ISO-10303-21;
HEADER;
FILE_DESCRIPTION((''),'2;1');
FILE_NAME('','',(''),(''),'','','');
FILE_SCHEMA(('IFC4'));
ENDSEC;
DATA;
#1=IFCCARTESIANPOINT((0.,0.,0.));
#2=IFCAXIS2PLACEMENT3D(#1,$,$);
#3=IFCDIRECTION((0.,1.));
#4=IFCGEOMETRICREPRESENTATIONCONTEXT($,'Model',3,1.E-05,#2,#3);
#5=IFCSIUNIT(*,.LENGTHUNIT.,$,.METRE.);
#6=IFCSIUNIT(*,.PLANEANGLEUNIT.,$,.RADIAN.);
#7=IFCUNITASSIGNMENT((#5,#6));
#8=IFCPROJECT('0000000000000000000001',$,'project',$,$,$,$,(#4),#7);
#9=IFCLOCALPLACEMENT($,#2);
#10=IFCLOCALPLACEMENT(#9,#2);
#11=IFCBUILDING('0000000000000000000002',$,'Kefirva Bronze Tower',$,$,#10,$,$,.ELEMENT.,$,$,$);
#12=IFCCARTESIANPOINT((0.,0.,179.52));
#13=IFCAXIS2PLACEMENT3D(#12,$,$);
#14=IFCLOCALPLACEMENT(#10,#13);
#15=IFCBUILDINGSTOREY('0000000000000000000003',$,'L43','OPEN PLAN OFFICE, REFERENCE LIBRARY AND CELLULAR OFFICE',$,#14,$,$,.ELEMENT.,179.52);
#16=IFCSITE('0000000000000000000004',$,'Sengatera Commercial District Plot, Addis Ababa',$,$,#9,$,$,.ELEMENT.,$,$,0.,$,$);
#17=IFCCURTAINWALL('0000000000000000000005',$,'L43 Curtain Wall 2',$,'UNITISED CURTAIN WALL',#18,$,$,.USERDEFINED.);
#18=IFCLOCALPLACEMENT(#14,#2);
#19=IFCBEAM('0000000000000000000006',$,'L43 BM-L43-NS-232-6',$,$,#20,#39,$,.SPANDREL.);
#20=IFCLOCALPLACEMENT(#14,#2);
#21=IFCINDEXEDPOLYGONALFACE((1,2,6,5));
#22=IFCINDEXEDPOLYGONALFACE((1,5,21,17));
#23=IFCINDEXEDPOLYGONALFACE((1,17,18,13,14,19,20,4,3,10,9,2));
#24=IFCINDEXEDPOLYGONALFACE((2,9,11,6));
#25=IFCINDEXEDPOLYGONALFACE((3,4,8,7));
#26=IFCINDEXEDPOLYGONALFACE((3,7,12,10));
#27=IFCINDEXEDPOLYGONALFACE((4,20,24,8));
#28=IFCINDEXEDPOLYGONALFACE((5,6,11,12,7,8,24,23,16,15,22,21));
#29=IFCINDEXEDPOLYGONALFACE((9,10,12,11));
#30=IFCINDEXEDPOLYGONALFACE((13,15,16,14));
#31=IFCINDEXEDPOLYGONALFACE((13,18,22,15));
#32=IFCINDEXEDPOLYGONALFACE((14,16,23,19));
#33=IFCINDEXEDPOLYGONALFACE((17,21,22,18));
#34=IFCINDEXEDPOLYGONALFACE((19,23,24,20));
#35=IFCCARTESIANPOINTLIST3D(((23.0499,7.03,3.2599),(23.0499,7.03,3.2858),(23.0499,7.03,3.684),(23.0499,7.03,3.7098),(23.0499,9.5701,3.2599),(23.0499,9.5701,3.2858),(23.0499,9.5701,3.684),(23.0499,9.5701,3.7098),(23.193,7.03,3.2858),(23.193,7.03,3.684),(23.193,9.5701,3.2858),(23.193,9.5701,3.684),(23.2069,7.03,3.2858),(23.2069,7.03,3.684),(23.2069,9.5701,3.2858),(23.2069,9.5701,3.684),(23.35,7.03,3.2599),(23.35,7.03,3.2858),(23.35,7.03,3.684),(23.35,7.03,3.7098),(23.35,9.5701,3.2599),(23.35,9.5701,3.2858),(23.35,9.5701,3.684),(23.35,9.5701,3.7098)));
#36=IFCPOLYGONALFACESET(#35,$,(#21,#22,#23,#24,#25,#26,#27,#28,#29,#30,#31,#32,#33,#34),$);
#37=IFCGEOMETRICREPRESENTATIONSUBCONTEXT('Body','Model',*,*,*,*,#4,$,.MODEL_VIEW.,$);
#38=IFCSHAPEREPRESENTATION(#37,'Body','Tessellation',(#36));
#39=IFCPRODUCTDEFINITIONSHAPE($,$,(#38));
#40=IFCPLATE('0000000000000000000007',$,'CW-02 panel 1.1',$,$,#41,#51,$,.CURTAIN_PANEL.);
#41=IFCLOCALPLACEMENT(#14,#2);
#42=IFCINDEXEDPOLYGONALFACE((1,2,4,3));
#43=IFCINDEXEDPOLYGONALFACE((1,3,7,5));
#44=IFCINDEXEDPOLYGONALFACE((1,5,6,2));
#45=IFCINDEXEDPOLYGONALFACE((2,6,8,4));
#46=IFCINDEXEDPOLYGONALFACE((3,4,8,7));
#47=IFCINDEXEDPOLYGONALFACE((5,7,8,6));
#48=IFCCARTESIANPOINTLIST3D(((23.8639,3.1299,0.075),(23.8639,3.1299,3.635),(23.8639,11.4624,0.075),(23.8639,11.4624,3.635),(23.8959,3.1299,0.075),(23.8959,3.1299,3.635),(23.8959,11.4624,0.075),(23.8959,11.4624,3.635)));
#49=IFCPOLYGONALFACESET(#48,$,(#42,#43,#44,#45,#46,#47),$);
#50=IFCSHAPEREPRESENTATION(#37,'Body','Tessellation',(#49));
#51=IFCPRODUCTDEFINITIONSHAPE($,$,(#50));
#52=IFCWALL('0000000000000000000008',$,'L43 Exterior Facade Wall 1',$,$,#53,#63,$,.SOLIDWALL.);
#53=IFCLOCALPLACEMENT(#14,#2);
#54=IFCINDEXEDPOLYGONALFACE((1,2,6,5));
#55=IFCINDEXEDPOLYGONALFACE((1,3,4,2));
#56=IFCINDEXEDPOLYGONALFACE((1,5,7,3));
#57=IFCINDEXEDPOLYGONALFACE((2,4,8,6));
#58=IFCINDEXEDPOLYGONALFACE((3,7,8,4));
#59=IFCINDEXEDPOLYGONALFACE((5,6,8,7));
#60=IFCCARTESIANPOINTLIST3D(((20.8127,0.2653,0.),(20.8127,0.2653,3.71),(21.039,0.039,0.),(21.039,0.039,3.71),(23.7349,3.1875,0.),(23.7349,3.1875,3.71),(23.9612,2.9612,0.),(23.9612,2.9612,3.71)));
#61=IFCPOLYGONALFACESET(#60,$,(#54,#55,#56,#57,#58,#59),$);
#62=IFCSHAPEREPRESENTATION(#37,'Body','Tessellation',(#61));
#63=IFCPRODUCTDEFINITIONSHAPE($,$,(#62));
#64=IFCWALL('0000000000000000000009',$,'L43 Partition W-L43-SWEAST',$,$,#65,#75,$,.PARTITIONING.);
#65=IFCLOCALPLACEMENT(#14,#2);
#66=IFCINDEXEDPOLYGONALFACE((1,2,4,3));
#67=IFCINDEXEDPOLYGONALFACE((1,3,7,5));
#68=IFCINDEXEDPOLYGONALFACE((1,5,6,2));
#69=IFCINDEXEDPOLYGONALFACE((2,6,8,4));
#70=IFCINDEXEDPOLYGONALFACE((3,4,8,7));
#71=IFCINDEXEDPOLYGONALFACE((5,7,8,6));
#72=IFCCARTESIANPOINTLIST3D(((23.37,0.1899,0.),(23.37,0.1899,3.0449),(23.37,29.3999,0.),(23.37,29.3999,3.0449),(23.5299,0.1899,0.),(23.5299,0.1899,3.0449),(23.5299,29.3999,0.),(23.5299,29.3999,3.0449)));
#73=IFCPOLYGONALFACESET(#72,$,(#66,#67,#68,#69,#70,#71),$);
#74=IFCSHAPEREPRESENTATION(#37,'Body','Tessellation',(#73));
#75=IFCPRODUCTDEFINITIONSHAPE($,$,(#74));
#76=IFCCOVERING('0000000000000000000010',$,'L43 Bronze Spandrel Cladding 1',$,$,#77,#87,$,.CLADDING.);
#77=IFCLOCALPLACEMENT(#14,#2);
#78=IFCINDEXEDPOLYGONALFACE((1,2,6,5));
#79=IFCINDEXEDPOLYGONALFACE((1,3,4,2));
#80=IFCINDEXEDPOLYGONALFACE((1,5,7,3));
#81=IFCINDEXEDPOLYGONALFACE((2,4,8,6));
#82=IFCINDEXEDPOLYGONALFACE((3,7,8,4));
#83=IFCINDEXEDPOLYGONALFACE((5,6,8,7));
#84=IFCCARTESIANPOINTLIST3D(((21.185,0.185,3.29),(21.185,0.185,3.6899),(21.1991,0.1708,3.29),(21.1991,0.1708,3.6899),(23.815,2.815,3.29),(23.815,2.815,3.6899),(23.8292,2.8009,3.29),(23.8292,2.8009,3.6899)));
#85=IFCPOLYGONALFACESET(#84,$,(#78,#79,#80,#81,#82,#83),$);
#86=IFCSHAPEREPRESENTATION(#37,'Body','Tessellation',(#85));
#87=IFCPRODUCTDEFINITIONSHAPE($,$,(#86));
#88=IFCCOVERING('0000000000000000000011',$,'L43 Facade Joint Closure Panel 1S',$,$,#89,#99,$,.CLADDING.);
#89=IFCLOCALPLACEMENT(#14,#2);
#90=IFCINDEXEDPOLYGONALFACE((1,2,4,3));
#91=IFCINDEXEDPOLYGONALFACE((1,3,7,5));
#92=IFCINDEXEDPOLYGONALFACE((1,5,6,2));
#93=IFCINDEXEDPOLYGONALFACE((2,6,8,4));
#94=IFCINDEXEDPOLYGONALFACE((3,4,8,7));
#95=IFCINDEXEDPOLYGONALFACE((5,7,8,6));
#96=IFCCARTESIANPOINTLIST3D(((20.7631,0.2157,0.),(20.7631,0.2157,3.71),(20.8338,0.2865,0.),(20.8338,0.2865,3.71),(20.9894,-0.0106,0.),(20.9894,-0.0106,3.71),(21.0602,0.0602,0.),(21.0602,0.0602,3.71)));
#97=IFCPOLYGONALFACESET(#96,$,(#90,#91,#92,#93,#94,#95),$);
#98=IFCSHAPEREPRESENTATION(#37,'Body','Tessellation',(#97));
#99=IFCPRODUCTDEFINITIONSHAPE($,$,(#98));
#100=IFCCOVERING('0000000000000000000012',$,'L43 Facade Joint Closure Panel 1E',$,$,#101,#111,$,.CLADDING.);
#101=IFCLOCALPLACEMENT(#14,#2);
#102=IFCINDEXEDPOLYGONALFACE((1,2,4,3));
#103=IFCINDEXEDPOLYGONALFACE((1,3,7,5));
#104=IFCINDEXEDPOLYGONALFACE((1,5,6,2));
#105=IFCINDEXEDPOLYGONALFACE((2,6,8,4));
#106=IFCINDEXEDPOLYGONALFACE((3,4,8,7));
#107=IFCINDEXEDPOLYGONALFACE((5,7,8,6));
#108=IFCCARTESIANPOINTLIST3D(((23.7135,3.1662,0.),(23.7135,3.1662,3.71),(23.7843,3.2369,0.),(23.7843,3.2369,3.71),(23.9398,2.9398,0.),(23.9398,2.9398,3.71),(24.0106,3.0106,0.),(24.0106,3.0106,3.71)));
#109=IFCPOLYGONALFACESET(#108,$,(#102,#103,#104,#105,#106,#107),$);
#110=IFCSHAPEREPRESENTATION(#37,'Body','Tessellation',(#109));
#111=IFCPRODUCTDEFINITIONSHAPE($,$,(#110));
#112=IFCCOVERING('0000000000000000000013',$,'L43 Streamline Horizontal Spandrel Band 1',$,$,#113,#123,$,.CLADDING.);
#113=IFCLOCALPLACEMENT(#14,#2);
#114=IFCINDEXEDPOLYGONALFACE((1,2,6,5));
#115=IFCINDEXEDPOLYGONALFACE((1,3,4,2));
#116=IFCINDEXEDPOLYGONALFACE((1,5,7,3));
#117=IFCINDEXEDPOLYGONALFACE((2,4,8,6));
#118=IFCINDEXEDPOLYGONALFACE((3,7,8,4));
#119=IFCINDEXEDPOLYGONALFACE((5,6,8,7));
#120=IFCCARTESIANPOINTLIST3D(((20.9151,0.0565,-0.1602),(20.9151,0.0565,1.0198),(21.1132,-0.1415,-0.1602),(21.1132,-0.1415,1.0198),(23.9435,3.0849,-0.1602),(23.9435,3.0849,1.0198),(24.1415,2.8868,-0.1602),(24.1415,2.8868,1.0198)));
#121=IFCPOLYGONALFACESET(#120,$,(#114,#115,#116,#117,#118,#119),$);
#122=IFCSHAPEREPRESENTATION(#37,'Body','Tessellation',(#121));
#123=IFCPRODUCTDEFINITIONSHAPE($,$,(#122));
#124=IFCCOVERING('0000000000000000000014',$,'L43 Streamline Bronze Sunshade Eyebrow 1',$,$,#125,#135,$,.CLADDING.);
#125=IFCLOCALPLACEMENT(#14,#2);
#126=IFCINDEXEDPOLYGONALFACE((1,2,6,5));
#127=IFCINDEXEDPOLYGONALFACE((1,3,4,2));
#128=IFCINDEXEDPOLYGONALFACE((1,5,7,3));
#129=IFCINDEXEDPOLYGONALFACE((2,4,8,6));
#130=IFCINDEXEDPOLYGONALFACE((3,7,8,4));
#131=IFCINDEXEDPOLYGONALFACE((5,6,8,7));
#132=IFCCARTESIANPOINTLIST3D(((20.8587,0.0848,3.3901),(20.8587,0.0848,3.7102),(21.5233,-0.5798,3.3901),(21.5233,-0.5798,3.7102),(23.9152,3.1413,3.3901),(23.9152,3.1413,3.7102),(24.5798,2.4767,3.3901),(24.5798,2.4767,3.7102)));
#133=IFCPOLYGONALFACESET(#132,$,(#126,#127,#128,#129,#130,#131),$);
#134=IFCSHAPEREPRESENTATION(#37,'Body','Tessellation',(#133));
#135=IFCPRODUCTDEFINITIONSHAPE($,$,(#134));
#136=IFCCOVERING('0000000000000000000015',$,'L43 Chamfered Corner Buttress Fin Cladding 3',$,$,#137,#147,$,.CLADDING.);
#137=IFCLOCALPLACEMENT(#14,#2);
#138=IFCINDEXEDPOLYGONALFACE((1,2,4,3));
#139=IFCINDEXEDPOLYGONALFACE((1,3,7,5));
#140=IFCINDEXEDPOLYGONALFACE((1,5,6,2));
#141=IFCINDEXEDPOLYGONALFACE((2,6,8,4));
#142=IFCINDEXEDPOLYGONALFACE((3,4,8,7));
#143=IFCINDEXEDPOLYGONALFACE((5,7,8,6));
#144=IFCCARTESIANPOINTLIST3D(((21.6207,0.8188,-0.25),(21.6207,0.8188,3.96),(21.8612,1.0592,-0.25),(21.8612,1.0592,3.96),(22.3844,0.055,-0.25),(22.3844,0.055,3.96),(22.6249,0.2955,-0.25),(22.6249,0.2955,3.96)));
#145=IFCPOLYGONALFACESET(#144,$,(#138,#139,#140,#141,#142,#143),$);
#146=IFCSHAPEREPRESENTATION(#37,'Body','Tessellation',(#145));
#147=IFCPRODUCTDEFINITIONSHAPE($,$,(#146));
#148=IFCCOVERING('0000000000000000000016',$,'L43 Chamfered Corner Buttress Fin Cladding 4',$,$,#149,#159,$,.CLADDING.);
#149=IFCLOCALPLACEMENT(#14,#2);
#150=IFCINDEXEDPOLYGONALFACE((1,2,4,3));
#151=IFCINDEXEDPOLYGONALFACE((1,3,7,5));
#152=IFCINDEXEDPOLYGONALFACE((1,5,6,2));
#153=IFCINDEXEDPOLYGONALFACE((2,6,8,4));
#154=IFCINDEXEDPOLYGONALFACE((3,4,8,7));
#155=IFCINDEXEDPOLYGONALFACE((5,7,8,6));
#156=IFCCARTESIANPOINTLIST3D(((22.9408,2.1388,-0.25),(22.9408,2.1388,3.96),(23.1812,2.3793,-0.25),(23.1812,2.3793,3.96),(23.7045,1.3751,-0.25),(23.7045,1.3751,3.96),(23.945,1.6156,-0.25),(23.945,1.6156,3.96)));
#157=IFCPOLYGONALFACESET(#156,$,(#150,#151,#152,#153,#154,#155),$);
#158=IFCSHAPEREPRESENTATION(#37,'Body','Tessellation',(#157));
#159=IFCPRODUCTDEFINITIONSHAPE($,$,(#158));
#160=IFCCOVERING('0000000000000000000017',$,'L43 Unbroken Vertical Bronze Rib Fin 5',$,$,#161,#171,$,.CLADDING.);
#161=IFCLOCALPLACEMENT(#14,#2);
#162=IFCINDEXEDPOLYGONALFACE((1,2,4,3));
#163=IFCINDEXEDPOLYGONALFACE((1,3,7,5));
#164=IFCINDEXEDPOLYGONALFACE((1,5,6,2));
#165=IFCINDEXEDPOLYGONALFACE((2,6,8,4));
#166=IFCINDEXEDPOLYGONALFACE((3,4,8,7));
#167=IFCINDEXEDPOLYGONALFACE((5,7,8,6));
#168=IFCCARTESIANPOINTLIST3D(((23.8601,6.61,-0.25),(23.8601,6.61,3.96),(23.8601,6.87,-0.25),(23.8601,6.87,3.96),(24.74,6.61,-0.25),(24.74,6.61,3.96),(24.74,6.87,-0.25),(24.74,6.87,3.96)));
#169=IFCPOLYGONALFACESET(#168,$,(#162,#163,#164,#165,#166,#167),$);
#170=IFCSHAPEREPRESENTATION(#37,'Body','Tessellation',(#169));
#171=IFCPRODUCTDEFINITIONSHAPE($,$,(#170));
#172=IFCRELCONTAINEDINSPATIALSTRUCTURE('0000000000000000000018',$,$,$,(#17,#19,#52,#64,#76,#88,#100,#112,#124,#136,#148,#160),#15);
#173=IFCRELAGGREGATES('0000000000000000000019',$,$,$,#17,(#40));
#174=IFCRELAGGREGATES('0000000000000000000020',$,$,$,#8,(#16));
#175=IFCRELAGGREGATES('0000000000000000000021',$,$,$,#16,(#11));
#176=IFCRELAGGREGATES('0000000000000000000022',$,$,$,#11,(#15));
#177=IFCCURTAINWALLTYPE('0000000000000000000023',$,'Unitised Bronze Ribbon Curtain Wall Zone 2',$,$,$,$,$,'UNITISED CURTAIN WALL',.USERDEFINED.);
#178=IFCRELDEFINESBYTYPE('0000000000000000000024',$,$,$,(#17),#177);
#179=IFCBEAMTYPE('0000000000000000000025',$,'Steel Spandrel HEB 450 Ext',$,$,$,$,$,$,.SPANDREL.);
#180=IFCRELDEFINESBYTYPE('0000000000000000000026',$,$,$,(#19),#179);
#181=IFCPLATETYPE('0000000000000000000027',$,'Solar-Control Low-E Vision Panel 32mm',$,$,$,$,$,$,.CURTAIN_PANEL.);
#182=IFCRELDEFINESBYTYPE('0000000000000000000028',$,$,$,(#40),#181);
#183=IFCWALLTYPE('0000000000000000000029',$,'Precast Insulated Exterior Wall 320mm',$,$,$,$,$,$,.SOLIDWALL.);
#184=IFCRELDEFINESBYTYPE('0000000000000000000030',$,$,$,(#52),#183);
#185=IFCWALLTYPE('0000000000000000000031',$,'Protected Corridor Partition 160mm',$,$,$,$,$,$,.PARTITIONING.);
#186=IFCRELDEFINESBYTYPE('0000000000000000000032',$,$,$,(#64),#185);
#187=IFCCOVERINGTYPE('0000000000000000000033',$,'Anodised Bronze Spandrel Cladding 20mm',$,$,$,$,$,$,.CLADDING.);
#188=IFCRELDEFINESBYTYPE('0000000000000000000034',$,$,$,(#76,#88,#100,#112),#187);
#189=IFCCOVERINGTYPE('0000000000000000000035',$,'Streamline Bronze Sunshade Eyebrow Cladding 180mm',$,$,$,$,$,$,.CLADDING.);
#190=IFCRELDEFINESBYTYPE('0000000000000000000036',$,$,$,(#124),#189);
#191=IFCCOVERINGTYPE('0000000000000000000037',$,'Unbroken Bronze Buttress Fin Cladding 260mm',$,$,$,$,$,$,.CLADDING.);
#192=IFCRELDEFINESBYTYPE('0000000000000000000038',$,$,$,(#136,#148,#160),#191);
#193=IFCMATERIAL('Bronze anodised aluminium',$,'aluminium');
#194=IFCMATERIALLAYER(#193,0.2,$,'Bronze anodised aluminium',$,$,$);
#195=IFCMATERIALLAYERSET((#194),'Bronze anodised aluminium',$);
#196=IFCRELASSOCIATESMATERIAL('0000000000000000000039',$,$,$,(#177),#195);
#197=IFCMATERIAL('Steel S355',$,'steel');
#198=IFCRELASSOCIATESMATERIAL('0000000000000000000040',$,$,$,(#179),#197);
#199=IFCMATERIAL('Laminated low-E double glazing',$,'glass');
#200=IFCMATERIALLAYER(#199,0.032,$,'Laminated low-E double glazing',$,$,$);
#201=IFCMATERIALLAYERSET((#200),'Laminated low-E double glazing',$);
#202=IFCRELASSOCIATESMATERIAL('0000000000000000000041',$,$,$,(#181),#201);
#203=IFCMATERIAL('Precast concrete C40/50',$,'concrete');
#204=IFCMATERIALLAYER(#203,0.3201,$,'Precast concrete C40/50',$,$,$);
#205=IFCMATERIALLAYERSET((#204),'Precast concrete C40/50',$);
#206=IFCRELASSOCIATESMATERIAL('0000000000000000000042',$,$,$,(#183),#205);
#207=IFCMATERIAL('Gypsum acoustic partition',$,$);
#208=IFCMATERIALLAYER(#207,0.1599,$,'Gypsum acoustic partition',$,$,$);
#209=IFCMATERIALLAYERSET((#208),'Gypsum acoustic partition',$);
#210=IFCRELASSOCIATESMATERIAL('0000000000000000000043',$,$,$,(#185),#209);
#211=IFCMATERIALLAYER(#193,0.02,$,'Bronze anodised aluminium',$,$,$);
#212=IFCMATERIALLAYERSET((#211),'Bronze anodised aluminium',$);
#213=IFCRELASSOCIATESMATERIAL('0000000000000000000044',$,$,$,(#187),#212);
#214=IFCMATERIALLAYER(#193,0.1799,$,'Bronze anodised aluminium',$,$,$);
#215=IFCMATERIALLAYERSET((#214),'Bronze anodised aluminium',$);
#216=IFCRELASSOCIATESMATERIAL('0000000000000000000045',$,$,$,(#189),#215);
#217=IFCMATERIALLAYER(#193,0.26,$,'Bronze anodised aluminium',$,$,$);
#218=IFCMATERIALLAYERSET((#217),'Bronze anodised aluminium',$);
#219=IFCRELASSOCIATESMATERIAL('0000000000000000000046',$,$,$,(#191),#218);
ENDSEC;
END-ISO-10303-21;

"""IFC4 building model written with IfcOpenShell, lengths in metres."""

from ifc_helpers import new_model, si_unit, direction, frame, frame_2d, origin, origin_2d, place, context, subcontext, project, spatial, rectangle, i_section, extrude, material, layer, layer_set, material_profile, profile_set, type_object, element, aggregate, save


model = new_model("IFC4")

# Units and contexts
model_context = context("Model", 3, precision=1e-05, world=origin(), true_north=direction((0.0, 1.0)))
body_context = subcontext(model_context, "Body", "Model", "MODEL_VIEW")
ifc_project = project(units=[si_unit("LENGTHUNIT", "METRE"), si_unit("PLANEANGLEUNIT", "RADIAN")], contexts=[model_context])

# Site, building, storey
site_placement = place(None, origin())
site = spatial("IfcSite", under=ifc_project, at=site_placement, Name="Sengatera Commercial District Plot, Addis Ababa", CompositionType="ELEMENT", RefElevation=0.0)
building_placement = place(site_placement, origin())
building = spatial("IfcBuilding", under=site, at=building_placement, Name="Kefirva Bronze Tower", CompositionType="ELEMENT")
storey_placement = place(building_placement, frame((0.0, 0.0, 179.52)))
storey = spatial("IfcBuildingStorey", under=building, at=storey_placement, Name="L43", Description="OPEN PLAN OFFICE, REFERENCE LIBRARY AND CELLULAR OFFICE", CompositionType="ELEMENT", Elevation=179.52)

# Shared definitions
ifc_material_1 = material(Name="Bronze anodised aluminium", Category="aluminium")
ifc_layer_1 = layer(ifc_material_1, 0.2, Name="Bronze anodised aluminium")
ifc_layer_set_1 = layer_set([ifc_layer_1], Name="Bronze anodised aluminium")
curtain_wall_type = type_object("IfcCurtainWallType", Name="Unitised Bronze Ribbon Curtain Wall Zone 2", ElementType="UNITISED CURTAIN WALL", PredefinedType="USERDEFINED", material=ifc_layer_set_1)

# Curtain wall
curtain_wall_1_placement = place(storey_placement, origin())
curtain_wall_1 = element("IfcCurtainWall", 1, at=curtain_wall_1_placement, inside=storey, type_object=curtain_wall_type, Name="L43 Curtain Wall 2", ObjectType="UNITISED CURTAIN WALL", PredefinedType="USERDEFINED")

# Beam
ifc_material_2 = material(Name="Steel S355", Category="steel")
ifc_material_profile_1 = material_profile(ifc_material_2, i_section(OverallWidth=0.3, OverallDepth=0.45, WebThickness=0.0139, FlangeThickness=0.0259, at=origin_2d()), Name="HEB 450")
ifc_profile_set_1 = profile_set([ifc_material_profile_1], Name="Steel S355")
beam_type_1 = type_object("IfcBeamType", Name="Steel Spandrel HEB 450 Ext", PredefinedType="SPANDREL", material=ifc_profile_set_1)
beam_1_placement = place(storey_placement, frame((23.2, 7.03, 3.4849), z_axis=(0.0, 1.0, 0.0), x_axis=(-1.0, 0.0, 0.0)))
element("IfcBeam", 2, at=beam_1_placement, inside=storey, type_object=beam_type_1, Name="L43 BM-L43-NS-232-6", PredefinedType="SPANDREL", context=body_context, shape_type="SweptSolid", body=[
    extrude(i_section(OverallWidth=0.3, OverallDepth=0.45, WebThickness=0.0139, FlangeThickness=0.0259, at=origin_2d()), origin(), (0.0, 0.0, 1.0), 2.54),
])

# Plate
ifc_material_3 = material(Name="Laminated low-E double glazing", Category="glass")
ifc_layer_2 = layer(ifc_material_3, 0.032, Name="Laminated low-E double glazing")
ifc_layer_set_2 = layer_set([ifc_layer_2], Name="Laminated low-E double glazing")
plate_type = type_object("IfcPlateType", Name="Solar-Control Low-E Vision Panel 32mm", PredefinedType="CURTAIN_PANEL", material=ifc_layer_set_2)
plate_placement = place(storey_placement, frame((23.8799, 7.2961, 0.075), z_axis=(0.0, 0.0, 1.0), x_axis=(0.0, 1.0, 0.0)))
plate = element("IfcPlate", 3, at=plate_placement, type_object=plate_type, Name="CW-02 panel 1.1", PredefinedType="CURTAIN_PANEL", context=body_context, shape_type="SweptSolid", body=[
    extrude(rectangle(XDim=8.3325, YDim=0.032, at=origin_2d()), origin(), (0.0, 0.0, 1.0), 3.5601),
])
aggregate(curtain_wall_1, [plate])

# Walls
ifc_material_4 = material(Name="Precast concrete C40/50", Category="concrete")
ifc_layer_3 = layer(ifc_material_4, 0.3201, Name="Precast concrete C40/50")
ifc_layer_set_3 = layer_set([ifc_layer_3], Name="Precast concrete C40/50")
wall_type_1 = type_object("IfcWallType", Name="Precast Insulated Exterior Wall 320mm", PredefinedType="SOLIDWALL", material=ifc_layer_set_3)
wall_1_placement = place(storey_placement, frame((20.9258, 0.1521, 0.0), z_axis=(0.0, 0.0, 1.0), x_axis=(0.707107, 0.707107, 0.0)))
element("IfcWall", 4, at=wall_1_placement, inside=storey, type_object=wall_type_1, Name="L43 Exterior Facade Wall 1", PredefinedType="SOLIDWALL", context=body_context, shape_type="SweptSolid", body=[
    extrude(rectangle(XDim=4.1326, YDim=0.3201, at=frame_2d((2.0664, 0.0))), origin(), (0.0, 0.0, 1.0), 3.71),
])
ifc_material_5 = material(Name="Gypsum acoustic partition")
ifc_layer_4 = layer(ifc_material_5, 0.1599, Name="Gypsum acoustic partition")
ifc_layer_set_4 = layer_set([ifc_layer_4], Name="Gypsum acoustic partition")
wall_type_2 = type_object("IfcWallType", Name="Protected Corridor Partition 160mm", PredefinedType="PARTITIONING", material=ifc_layer_set_4)
wall_2_placement = place(storey_placement, frame((23.45, 0.1899, 0.0), z_axis=(0.0, 0.0, 1.0), x_axis=(0.0, 1.0, 0.0)))
element("IfcWall", 5, at=wall_2_placement, inside=storey, type_object=wall_type_2, Name="L43 Partition W-L43-SWEAST", PredefinedType="PARTITIONING", context=body_context, shape_type="SweptSolid", body=[
    extrude(rectangle(XDim=29.21, YDim=0.1599, at=frame_2d((14.605, 0.0))), origin(), (0.0, 0.0, 1.0), 3.0449),
])

# Coverings
ifc_layer_5 = layer(ifc_material_1, 0.02, Name="Bronze anodised aluminium")
ifc_layer_set_5 = layer_set([ifc_layer_5], Name="Bronze anodised aluminium")
covering_type_1 = type_object("IfcCoveringType", Name="Anodised Bronze Spandrel Cladding 20mm", PredefinedType="CLADDING", material=ifc_layer_set_5)
covering_1_placement = place(storey_placement, frame((22.5071, 1.4929, 3.29), z_axis=(0.0, 0.0, 1.0), x_axis=(0.707107, 0.707107, 0.0)))
element("IfcCovering", 6, at=covering_1_placement, inside=storey, type_object=covering_type_1, Name="L43 Bronze Spandrel Cladding 1", PredefinedType="CLADDING", context=body_context, shape_type="SweptSolid", body=[
    extrude(rectangle(XDim=3.7195, YDim=0.02, at=origin_2d()), origin(), (0.0, 0.0, 1.0), 0.3999),
])
for number, where, z_axis, x_axis, name in (
    (7, (20.9116, 0.1379, 0.0), (0.0, 0.0, 1.0), (0.707107, 0.707107, 0.0), "L43 Facade Joint Closure Panel 1S"),
    (8, (23.8621, 3.0884, 0.0), (0.0, 0.0, 1.0), (0.707107, 0.707107, 0.0), "L43 Facade Joint Closure Panel 1E"),
):
    element("IfcCovering", number, at=place(storey_placement, frame(where, z_axis=z_axis, x_axis=x_axis)), inside=storey, type_object=covering_type_1, Name=name, PredefinedType="CLADDING", context=body_context, shape_type="SweptSolid", body=[
        extrude(rectangle(XDim=0.1001, YDim=0.3201, at=origin_2d()), origin(), (0.0, 0.0, 1.0), 3.71),
    ])
covering_2_placement = place(storey_placement, frame((22.5283, 1.4717, -0.1602), z_axis=(0.0, 0.0, 1.0), x_axis=(0.707107, 0.707107, 0.0)))
element("IfcCovering", 9, at=covering_2_placement, inside=storey, type_object=covering_type_1, Name="L43 Streamline Horizontal Spandrel Band 1", PredefinedType="CLADDING", context=body_context, shape_type="SweptSolid", body=[
    extrude(rectangle(XDim=4.2827, YDim=0.28, at=origin_2d()), origin(), (0.0, 0.0, 1.0), 1.1799),
])
ifc_layer_6 = layer(ifc_material_1, 0.1799, Name="Bronze anodised aluminium")
ifc_layer_set_6 = layer_set([ifc_layer_6], Name="Bronze anodised aluminium")
covering_type_2 = type_object("IfcCoveringType", Name="Streamline Bronze Sunshade Eyebrow Cladding 180mm", PredefinedType="CLADDING", material=ifc_layer_set_6)
covering_3_placement = place(storey_placement, frame((22.7192, 1.2808, 3.3901), z_axis=(0.0, 0.0, 1.0), x_axis=(0.707107, 0.707107, 0.0)))
element("IfcCovering", 10, at=covering_3_placement, inside=storey, type_object=covering_type_2, Name="L43 Streamline Bronze Sunshade Eyebrow 1", PredefinedType="CLADDING", context=body_context, shape_type="SweptSolid", body=[
    extrude(rectangle(XDim=4.3225, YDim=0.9399, at=origin_2d()), origin(), (0.0, 0.0, 1.0), 0.3201),
])
ifc_layer_7 = layer(ifc_material_1, 0.26, Name="Bronze anodised aluminium")
ifc_layer_set_7 = layer_set([ifc_layer_7], Name="Bronze anodised aluminium")
covering_type_3 = type_object("IfcCoveringType", Name="Unbroken Bronze Buttress Fin Cladding 260mm", PredefinedType="CLADDING", material=ifc_layer_set_7)
for number, where, z_axis, x_axis, name in (
    (11, (22.1228, 0.5571, -0.25), (0.0, 0.0, 1.0), (0.707107, 0.707107, 0.0), "L43 Chamfered Corner Buttress Fin Cladding 3"),
    (12, (23.4429, 1.8772, -0.25), (0.0, 0.0, 1.0), (0.707107, 0.707107, 0.0), "L43 Chamfered Corner Buttress Fin Cladding 4"),
):
    element("IfcCovering", number, at=place(storey_placement, frame(where, z_axis=z_axis, x_axis=x_axis)), inside=storey, type_object=covering_type_3, Name=name, PredefinedType="CLADDING", context=body_context, shape_type="SweptSolid", body=[
        extrude(rectangle(XDim=0.3401, YDim=1.0801, at=origin_2d()), origin(), (0.0, 0.0, 1.0), 4.21),
    ])
covering_4_placement = place(storey_placement, frame((24.3, 6.74, -0.25), z_axis=(0.0, 0.0, 1.0), x_axis=(0.0, 1.0, 0.0)))
element("IfcCovering", 13, at=covering_4_placement, inside=storey, type_object=covering_type_3, Name="L43 Unbroken Vertical Bronze Rib Fin 5", PredefinedType="CLADDING", context=body_context, shape_type="SweptSolid", body=[
    extrude(rectangle(XDim=0.26, YDim=0.8799, at=origin_2d()), origin(), (0.0, 0.0, 1.0), 4.21),
])

save(model, "model.ifc")
